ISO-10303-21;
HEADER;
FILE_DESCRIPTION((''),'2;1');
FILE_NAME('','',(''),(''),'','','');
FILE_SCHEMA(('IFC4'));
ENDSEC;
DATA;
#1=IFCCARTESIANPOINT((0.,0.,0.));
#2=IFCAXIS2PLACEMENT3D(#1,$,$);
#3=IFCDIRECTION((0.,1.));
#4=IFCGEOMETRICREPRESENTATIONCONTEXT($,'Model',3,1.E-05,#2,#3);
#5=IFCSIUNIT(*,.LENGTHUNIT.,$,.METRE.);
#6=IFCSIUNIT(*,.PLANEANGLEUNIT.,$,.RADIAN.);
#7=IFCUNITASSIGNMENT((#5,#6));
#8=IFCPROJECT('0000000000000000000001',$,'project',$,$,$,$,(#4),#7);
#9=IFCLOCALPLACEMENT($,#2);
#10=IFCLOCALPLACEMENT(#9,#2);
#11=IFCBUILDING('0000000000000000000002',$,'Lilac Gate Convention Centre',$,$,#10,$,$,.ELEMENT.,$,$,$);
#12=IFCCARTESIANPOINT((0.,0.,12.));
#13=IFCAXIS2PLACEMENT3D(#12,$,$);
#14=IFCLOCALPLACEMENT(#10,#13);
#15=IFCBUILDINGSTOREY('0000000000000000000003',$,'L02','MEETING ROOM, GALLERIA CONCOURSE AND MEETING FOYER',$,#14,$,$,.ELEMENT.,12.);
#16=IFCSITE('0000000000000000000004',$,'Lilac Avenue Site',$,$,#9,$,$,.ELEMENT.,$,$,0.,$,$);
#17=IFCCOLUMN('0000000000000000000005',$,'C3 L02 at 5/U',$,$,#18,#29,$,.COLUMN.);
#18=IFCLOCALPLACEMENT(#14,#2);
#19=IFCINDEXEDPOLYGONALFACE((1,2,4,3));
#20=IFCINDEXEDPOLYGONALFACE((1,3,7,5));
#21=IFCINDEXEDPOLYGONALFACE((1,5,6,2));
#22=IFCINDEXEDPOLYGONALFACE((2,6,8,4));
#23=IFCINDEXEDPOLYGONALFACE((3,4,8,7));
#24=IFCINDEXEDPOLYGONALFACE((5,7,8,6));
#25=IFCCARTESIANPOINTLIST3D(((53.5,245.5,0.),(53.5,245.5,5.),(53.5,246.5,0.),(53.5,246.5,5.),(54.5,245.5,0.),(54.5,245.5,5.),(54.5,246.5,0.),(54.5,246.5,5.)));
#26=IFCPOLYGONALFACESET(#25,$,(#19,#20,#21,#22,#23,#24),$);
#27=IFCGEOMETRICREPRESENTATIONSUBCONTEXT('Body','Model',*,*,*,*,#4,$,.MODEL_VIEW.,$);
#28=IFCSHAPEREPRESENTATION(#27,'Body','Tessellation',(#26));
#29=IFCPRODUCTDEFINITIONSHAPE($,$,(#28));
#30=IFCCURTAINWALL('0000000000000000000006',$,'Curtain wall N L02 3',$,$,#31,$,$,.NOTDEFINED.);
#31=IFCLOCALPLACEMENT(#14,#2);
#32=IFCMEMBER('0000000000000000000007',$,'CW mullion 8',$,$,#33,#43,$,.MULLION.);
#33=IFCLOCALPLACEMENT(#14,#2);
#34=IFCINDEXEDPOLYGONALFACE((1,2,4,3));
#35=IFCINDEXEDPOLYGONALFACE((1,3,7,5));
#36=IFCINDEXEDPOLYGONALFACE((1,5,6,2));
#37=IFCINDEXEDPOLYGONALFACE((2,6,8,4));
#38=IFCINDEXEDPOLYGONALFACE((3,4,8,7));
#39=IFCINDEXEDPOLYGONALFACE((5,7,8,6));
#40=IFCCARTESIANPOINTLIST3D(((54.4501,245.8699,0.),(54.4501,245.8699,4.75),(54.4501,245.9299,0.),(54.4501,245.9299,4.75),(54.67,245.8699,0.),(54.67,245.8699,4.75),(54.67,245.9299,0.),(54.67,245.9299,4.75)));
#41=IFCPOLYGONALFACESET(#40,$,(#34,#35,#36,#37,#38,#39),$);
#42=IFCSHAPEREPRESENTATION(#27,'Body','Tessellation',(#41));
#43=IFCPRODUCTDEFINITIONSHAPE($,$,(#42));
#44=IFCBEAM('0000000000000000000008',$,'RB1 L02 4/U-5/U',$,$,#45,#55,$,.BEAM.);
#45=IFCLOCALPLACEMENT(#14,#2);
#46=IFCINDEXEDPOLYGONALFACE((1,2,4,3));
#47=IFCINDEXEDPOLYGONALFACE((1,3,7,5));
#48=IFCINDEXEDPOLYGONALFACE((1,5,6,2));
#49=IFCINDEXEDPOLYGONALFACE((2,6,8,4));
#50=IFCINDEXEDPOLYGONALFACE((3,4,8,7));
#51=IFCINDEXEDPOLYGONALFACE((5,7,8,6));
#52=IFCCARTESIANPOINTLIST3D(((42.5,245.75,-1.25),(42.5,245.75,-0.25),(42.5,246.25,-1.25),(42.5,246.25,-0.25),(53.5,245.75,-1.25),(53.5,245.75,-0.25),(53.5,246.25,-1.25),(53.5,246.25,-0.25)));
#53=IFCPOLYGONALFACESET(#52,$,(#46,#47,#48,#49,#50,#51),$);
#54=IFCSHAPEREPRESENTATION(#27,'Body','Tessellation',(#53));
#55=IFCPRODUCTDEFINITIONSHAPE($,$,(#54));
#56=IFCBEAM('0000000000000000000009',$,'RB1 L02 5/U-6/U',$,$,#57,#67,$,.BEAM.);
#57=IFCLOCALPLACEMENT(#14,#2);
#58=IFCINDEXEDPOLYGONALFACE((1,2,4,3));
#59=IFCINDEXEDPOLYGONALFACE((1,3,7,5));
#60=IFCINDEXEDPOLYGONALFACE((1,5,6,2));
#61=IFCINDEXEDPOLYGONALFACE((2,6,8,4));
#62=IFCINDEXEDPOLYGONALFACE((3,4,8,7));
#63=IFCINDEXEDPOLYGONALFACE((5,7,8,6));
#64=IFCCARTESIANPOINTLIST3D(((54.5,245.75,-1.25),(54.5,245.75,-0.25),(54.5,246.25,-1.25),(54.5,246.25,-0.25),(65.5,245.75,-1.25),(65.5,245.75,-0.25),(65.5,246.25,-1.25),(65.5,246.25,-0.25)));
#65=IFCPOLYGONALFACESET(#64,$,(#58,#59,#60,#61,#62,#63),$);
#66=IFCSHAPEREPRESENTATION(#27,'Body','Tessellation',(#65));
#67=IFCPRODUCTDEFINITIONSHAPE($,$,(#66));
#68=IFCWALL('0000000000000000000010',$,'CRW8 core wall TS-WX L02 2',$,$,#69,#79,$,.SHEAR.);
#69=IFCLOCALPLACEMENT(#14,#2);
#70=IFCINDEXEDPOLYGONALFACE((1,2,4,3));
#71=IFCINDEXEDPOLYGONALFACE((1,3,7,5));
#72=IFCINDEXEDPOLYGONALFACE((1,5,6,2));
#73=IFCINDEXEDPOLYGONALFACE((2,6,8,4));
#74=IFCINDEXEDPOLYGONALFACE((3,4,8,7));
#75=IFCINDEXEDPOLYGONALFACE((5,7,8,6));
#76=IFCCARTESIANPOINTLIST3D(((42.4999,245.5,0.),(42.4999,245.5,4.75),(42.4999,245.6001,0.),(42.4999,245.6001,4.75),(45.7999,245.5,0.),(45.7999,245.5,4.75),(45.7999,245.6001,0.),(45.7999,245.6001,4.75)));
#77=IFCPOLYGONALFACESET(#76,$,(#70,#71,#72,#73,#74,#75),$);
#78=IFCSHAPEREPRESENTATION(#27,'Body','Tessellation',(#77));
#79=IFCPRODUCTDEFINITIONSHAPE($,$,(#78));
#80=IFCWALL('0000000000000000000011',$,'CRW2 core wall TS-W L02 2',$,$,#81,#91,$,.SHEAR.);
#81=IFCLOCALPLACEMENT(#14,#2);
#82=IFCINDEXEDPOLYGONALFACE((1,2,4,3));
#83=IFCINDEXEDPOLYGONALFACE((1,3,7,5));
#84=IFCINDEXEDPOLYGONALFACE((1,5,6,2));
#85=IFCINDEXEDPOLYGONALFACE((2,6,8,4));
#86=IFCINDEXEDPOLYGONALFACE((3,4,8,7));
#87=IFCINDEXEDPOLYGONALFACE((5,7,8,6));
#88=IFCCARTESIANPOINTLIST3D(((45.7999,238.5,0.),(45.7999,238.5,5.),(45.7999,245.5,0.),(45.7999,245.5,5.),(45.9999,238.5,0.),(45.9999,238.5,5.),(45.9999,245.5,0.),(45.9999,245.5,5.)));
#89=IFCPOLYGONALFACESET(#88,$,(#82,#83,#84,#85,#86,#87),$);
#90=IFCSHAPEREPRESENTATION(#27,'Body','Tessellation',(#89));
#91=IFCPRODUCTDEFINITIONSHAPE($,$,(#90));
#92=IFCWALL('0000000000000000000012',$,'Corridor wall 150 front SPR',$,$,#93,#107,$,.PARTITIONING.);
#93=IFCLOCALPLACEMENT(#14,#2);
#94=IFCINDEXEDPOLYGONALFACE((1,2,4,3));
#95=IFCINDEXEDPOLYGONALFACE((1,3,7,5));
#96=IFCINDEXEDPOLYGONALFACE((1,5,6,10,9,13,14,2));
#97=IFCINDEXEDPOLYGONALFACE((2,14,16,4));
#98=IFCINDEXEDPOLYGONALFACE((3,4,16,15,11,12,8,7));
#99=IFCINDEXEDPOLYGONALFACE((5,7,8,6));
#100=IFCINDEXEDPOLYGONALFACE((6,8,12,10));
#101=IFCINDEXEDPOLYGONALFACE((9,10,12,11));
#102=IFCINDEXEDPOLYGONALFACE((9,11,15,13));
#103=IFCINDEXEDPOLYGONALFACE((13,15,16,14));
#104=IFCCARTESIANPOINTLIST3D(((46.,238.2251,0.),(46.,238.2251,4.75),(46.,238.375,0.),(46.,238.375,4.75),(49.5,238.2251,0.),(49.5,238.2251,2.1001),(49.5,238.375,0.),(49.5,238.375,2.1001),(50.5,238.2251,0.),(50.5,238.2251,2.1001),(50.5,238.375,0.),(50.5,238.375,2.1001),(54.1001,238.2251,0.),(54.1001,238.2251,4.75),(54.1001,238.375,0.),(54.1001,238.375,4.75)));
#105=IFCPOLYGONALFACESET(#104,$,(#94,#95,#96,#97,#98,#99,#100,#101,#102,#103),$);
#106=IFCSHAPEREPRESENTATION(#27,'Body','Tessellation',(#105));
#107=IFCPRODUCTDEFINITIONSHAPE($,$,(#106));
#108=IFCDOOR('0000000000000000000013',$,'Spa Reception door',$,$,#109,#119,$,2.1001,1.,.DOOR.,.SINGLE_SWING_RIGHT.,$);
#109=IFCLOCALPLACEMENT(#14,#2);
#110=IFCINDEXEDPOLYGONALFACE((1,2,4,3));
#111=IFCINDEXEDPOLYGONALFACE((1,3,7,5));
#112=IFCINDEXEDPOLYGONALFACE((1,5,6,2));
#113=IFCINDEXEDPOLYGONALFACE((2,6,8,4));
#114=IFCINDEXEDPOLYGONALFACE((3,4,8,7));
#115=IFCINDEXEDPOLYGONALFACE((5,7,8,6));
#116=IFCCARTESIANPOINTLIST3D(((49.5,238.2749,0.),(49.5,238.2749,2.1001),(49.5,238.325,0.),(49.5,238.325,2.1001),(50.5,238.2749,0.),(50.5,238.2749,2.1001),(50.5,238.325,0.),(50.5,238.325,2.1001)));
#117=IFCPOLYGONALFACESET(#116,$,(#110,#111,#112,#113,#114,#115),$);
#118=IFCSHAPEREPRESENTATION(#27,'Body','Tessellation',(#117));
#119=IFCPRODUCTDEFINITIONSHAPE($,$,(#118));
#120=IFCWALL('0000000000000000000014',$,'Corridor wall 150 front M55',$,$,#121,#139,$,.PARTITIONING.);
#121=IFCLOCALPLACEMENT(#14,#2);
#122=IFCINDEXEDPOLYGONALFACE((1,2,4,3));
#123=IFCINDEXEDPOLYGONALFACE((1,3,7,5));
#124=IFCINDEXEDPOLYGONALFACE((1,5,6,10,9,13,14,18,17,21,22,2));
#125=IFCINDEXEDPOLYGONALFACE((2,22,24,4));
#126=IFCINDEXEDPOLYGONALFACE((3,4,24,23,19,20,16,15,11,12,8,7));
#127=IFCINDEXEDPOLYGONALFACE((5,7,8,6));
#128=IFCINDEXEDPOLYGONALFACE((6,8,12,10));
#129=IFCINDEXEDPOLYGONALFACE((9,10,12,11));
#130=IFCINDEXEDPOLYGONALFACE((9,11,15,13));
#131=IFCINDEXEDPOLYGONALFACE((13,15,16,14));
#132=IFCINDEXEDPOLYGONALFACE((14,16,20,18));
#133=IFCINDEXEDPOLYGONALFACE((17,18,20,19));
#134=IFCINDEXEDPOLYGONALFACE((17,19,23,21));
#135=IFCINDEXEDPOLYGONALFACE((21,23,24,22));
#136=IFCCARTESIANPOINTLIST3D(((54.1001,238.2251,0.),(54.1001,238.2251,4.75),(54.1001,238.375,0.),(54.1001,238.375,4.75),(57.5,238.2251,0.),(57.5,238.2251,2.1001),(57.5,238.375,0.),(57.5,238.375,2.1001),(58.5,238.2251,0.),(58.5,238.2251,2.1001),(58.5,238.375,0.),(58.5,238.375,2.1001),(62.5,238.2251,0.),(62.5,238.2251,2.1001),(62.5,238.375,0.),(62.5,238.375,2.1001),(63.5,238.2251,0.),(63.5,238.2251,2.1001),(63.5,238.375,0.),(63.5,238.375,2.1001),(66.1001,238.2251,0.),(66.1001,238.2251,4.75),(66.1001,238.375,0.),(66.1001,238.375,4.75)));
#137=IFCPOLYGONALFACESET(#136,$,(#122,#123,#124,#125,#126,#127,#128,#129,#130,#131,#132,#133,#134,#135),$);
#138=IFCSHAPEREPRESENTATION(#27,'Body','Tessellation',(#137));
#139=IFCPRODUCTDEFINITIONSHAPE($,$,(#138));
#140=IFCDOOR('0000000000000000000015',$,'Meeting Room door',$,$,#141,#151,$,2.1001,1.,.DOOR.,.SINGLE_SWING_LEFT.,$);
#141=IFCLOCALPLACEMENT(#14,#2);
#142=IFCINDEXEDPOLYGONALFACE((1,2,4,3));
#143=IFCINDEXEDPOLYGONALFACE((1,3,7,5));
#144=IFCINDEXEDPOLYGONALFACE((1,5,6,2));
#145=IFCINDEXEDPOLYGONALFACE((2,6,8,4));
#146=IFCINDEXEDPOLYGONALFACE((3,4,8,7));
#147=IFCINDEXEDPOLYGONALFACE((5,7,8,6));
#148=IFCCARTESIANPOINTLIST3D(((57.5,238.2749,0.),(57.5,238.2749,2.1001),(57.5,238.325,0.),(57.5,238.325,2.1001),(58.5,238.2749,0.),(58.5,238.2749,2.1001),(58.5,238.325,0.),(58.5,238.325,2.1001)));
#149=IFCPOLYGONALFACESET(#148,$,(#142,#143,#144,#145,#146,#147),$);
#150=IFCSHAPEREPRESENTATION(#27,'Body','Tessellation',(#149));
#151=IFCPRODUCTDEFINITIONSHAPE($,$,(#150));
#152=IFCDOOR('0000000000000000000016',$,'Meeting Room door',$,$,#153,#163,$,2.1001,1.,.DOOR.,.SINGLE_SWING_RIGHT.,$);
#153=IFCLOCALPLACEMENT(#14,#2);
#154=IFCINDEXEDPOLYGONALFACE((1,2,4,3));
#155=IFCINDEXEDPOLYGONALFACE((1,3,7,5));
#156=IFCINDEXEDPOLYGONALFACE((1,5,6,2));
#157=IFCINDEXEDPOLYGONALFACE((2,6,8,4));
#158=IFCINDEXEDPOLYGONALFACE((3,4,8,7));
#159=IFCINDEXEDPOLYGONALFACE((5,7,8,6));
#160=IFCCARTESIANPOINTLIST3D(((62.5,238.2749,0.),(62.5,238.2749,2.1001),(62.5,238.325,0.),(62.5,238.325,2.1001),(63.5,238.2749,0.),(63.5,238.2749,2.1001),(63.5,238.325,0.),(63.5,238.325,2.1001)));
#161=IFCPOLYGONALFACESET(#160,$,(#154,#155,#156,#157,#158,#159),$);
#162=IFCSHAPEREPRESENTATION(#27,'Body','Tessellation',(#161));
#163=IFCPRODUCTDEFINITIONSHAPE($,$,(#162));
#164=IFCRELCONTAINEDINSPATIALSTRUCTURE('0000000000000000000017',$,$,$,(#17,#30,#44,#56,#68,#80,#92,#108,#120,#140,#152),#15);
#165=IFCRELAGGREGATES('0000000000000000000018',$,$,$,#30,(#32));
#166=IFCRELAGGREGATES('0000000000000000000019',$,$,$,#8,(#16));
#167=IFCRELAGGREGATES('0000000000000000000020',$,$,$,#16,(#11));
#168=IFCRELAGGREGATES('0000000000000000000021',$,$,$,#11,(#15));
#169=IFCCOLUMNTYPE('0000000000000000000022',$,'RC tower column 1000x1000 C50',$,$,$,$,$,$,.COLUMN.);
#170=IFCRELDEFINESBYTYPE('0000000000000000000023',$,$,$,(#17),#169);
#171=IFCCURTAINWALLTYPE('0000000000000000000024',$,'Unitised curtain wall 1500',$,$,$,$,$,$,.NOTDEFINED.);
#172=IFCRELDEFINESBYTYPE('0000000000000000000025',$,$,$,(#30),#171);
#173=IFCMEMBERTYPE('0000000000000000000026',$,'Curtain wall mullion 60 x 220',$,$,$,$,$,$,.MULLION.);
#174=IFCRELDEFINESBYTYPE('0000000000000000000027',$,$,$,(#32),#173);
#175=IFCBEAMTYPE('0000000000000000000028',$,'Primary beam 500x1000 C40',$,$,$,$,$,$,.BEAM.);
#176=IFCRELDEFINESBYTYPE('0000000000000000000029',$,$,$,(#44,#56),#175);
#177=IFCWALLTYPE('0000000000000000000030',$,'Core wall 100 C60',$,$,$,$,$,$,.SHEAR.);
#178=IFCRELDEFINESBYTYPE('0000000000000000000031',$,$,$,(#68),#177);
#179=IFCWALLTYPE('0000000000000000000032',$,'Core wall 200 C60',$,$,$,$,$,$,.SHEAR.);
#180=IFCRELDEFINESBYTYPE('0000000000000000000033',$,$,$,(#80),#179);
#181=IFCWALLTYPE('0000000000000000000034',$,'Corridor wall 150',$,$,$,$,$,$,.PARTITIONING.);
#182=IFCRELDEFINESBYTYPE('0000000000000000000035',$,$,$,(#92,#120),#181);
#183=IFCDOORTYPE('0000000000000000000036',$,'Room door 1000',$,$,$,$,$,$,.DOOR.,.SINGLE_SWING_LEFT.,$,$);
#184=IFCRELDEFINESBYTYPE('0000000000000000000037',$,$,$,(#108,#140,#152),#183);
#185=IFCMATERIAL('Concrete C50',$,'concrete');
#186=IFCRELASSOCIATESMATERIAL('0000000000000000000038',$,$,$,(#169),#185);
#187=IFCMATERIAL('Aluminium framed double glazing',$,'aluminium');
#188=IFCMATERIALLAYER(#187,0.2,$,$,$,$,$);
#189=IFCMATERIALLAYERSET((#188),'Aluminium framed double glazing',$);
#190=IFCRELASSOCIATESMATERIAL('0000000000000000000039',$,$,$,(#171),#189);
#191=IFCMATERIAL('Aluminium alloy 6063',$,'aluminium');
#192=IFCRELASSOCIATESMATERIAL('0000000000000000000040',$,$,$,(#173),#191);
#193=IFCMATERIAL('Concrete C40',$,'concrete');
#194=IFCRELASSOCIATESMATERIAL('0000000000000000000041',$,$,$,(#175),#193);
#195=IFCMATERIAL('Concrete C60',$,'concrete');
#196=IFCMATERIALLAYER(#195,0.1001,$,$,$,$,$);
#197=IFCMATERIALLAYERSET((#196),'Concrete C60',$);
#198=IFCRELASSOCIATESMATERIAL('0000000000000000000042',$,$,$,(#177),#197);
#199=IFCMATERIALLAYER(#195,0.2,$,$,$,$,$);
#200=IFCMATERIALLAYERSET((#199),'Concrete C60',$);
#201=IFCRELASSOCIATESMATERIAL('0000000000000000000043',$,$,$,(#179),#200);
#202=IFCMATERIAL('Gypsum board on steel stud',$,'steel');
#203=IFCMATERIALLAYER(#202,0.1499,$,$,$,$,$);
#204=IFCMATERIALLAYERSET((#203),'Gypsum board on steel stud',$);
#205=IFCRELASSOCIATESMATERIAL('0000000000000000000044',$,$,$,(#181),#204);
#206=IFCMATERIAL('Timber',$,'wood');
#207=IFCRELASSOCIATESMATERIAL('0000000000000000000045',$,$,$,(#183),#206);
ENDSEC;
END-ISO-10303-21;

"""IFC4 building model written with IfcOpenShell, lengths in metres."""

from ifc_helpers import new_model, si_unit, direction, frame, frame_2d, origin, origin_2d, place, context, subcontext, project, spatial, rectangle, extrude, material, layer, layer_set, material_profile, profile_set, type_object, element, fill, aggregate, save


model = new_model("IFC4")

# Units and contexts
model_context = context("Model", 3, precision=1e-05, world=origin(), true_north=direction((0.0, 1.0)))
body_context = subcontext(model_context, "Body", "Model", "MODEL_VIEW")
ifc_project = project(units=[si_unit("LENGTHUNIT", "METRE"), si_unit("PLANEANGLEUNIT", "RADIAN")], contexts=[model_context])

# Site, building, storey
site_placement = place(None, origin())
site = spatial("IfcSite", under=ifc_project, at=site_placement, Name="Lilac Avenue Site", CompositionType="ELEMENT", RefElevation=0.0)
building_placement = place(site_placement, origin())
building = spatial("IfcBuilding", under=site, at=building_placement, Name="Lilac Gate Convention Centre", CompositionType="ELEMENT")
storey_placement = place(building_placement, frame((0.0, 0.0, 12.0)))
storey = spatial("IfcBuildingStorey", under=building, at=storey_placement, Name="L02", Description="MEETING ROOM, GALLERIA CONCOURSE AND MEETING FOYER", CompositionType="ELEMENT", Elevation=12.0)

# Column
ifc_material_1 = material(Name="Concrete C50", Category="concrete")
ifc_material_profile_1 = material_profile(ifc_material_1, rectangle(XDim=1.0, YDim=1.0, at=origin_2d()), Name="RC 1000x1000")
ifc_profile_set_1 = profile_set([ifc_material_profile_1], Name="Concrete C50")
column_type = type_object("IfcColumnType", Name="RC tower column 1000x1000 C50", PredefinedType="COLUMN", material=ifc_profile_set_1)
column_placement = place(storey_placement, frame((54.0, 246.0, 0.0), z_axis=(0.0, 0.0, 1.0), x_axis=(1.0, 0.0, 0.0)))
element("IfcColumn", 1, at=column_placement, inside=storey, type_object=column_type, Name="C3 L02 at 5/U", PredefinedType="COLUMN", context=body_context, shape_type="SweptSolid", body=[
    extrude(rectangle(XDim=1.0, YDim=1.0, at=origin_2d()), origin(), (0.0, 0.0, 1.0), 5.0),
])

# Curtain wall, member
ifc_material_2 = material(Name="Aluminium framed double glazing", Category="aluminium")
ifc_layer_1 = layer(ifc_material_2, 0.2)
ifc_layer_set_1 = layer_set([ifc_layer_1], Name="Aluminium framed double glazing")
curtain_wall_type = type_object("IfcCurtainWallType", Name="Unitised curtain wall 1500", PredefinedType="NOTDEFINED", material=ifc_layer_set_1)
curtain_wall_placement = place(storey_placement, origin())
curtain_wall = element("IfcCurtainWall", 2, at=curtain_wall_placement, inside=storey, type_object=curtain_wall_type, Name="Curtain wall N L02 3", PredefinedType="NOTDEFINED")
ifc_material_3 = material(Name="Aluminium alloy 6063", Category="aluminium")
ifc_material_profile_2 = material_profile(ifc_material_3, rectangle(XDim=0.0601, YDim=0.22, at=origin_2d()), Name="Curtain wall mullion 60 x 220")
ifc_profile_set_2 = profile_set([ifc_material_profile_2], Name="Aluminium alloy 6063")
member_type = type_object("IfcMemberType", Name="Curtain wall mullion 60 x 220", PredefinedType="MULLION", material=ifc_profile_set_2)
member_placement = place(storey_placement, frame((54.5601, 245.8999, 0.0), z_axis=(0.0, 0.0, 1.0), x_axis=(0.0, -1.0, 0.0)))
member = element("IfcMember", 3, at=member_placement, type_object=member_type, Name="CW mullion 8", PredefinedType="MULLION", context=body_context, shape_type="SweptSolid", body=[
    extrude(rectangle(XDim=0.0601, YDim=0.22, at=origin_2d()), origin(), (0.0, 0.0, 1.0), 4.75),
])
aggregate(curtain_wall, [member])

# Beams
ifc_material_4 = material(Name="Concrete C40", Category="concrete")
ifc_material_profile_3 = material_profile(ifc_material_4, rectangle(XDim=0.5, YDim=1.0, at=origin_2d()), Name="RC 500x1000")
ifc_profile_set_3 = profile_set([ifc_material_profile_3], Name="Concrete C40")
beam_type = type_object("IfcBeamType", Name="Primary beam 500x1000 C40", PredefinedType="BEAM", material=ifc_profile_set_3)
for number, where, z_axis, x_axis, name in (
    (4, (42.5, 246.0, -0.75), (1.0, 0.0, 0.0), (0.0, 1.0, 0.0), "RB1 L02 4/U-5/U"),
    (5, (54.5, 246.0, -0.75), (1.0, 0.0, 0.0), (0.0, 1.0, 0.0), "RB1 L02 5/U-6/U"),
):
    element("IfcBeam", number, at=place(storey_placement, frame(where, z_axis=z_axis, x_axis=x_axis)), inside=storey, type_object=beam_type, Name=name, PredefinedType="BEAM", context=body_context, shape_type="SweptSolid", body=[
        extrude(rectangle(XDim=0.5, YDim=1.0, at=origin_2d()), origin(), (0.0, 0.0, 1.0), 11.0),
    ])

# Walls
ifc_material_5 = material(Name="Concrete C60", Category="concrete")
ifc_layer_2 = layer(ifc_material_5, 0.1001)
ifc_layer_set_2 = layer_set([ifc_layer_2], Name="Concrete C60")
wall_type_1 = type_object("IfcWallType", Name="Core wall 100 C60", PredefinedType="SHEAR", material=ifc_layer_set_2)
wall_1_placement = place(storey_placement, frame((42.5, 245.55, 0.0), z_axis=(0.0, 0.0, 1.0), x_axis=(1.0, 0.0, 0.0)))
element("IfcWall", 6, at=wall_1_placement, inside=storey, type_object=wall_type_1, Name="CRW8 core wall TS-WX L02 2", PredefinedType="SHEAR", context=body_context, shape_type="SweptSolid", body=[
    extrude(rectangle(XDim=3.3, YDim=0.1001, at=frame_2d((1.6499, 0.0))), origin(), (0.0, 0.0, 1.0), 4.75),
])
ifc_layer_3 = layer(ifc_material_5, 0.2)
ifc_layer_set_3 = layer_set([ifc_layer_3], Name="Concrete C60")
wall_type_2 = type_object("IfcWallType", Name="Core wall 200 C60", PredefinedType="SHEAR", material=ifc_layer_set_3)
wall_2_placement = place(storey_placement, frame((45.8999, 238.5, 0.0), z_axis=(0.0, 0.0, 1.0), x_axis=(0.0, 1.0, 0.0)))
element("IfcWall", 7, at=wall_2_placement, inside=storey, type_object=wall_type_2, Name="CRW2 core wall TS-W L02 2", PredefinedType="SHEAR", context=body_context, shape_type="SweptSolid", body=[
    extrude(rectangle(XDim=7.0, YDim=0.2, at=frame_2d((3.5, 0.0))), origin(), (0.0, 0.0, 1.0), 5.0),
])

# Wall, opening, door
ifc_material_6 = material(Name="Gypsum board on steel stud", Category="steel")
ifc_layer_4 = layer(ifc_material_6, 0.1499)
ifc_layer_set_4 = layer_set([ifc_layer_4], Name="Gypsum board on steel stud")
wall_type_3 = type_object("IfcWallType", Name="Corridor wall 150", PredefinedType="PARTITIONING", material=ifc_layer_set_4)
wall_3_placement = place(storey_placement, frame((46.0, 238.3, 0.0), z_axis=(0.0, 0.0, 1.0), x_axis=(1.0, 0.0, 0.0)))
wall_3 = element("IfcWall", 8, at=wall_3_placement, inside=storey, type_object=wall_type_3, Name="Corridor wall 150 front SPR", PredefinedType="PARTITIONING", context=body_context, shape_type="SweptSolid", body=[
    extrude(rectangle(XDim=8.1001, YDim=0.1499, at=frame_2d((4.05, 0.0))), origin(), (0.0, 0.0, 1.0), 4.75),
])
opening_1_placement = place(wall_3_placement, frame((3.5, 0.0, 0.0)))
opening_1 = element("IfcOpeningElement", 9, at=opening_1_placement, cuts=wall_3, PredefinedType="OPENING", context=body_context, shape_type="SweptSolid", body=[
    extrude(rectangle(XDim=1.0, YDim=2.1001, at=frame_2d((0.5, 1.05))), frame((0.0, 0.085, 0.0), z_axis=(0.0, -1.0, 0.0), x_axis=(1.0, 0.0, 0.0)), (0.0, 0.0, 1.0), 0.1699),
])
ifc_material_7 = material(Name="Timber", Category="wood")
door_type = type_object("IfcDoorType", Name="Room door 1000", OperationType="SINGLE_SWING_LEFT", PredefinedType="DOOR", material=ifc_material_7)
door_1_placement = place(opening_1_placement, origin())
door_1 = element("IfcDoor", 10, at=door_1_placement, inside=storey, type_object=door_type, Name="Spa Reception door", OperationType="SINGLE_SWING_RIGHT", OverallHeight=2.1001, OverallWidth=1.0, PredefinedType="DOOR", context=body_context, shape_type="SweptSolid", body=[
    extrude(rectangle(XDim=1.0, YDim=2.1001, at=frame_2d((0.5, 1.05))), frame((0.0, 0.0249, 0.0), z_axis=(0.0, -1.0, 0.0), x_axis=(1.0, 0.0, 0.0)), (0.0, 0.0, 1.0), 0.05),
])
fill(opening_1, door_1)

# Wall, openings, doors
wall_4_placement = place(storey_placement, frame((54.1001, 238.3, 0.0), z_axis=(0.0, 0.0, 1.0), x_axis=(1.0, 0.0, 0.0)))
wall_4 = element("IfcWall", 11, at=wall_4_placement, inside=storey, type_object=wall_type_3, Name="Corridor wall 150 front M55", PredefinedType="PARTITIONING", context=body_context, shape_type="SweptSolid", body=[
    extrude(rectangle(XDim=12.0, YDim=0.1499, at=frame_2d((6.0, 0.0))), origin(), (0.0, 0.0, 1.0), 4.75),
])
opening_2_placement = place(wall_4_placement, frame((3.3999, 0.0, 0.0)))
opening_2 = element("IfcOpeningElement", 12, at=opening_2_placement, cuts=wall_4, PredefinedType="OPENING", context=body_context, shape_type="SweptSolid", body=[
    extrude(rectangle(XDim=1.0, YDim=2.1001, at=frame_2d((0.5, 1.05))), frame((0.0, 0.085, 0.0), z_axis=(0.0, -1.0, 0.0), x_axis=(1.0, 0.0, 0.0)), (0.0, 0.0, 1.0), 0.1699),
])
opening_3_placement = place(wall_4_placement, frame((8.3999, 0.0, 0.0)))
opening_3 = element("IfcOpeningElement", 13, at=opening_3_placement, cuts=wall_4, PredefinedType="OPENING", context=body_context, shape_type="SweptSolid", body=[
    extrude(rectangle(XDim=1.0, YDim=2.1001, at=frame_2d((0.5, 1.05))), frame((0.0, 0.085, 0.0), z_axis=(0.0, -1.0, 0.0), x_axis=(1.0, 0.0, 0.0)), (0.0, 0.0, 1.0), 0.1699),
])
door_2_placement = place(opening_2_placement, origin())
door_2 = element("IfcDoor", 14, at=door_2_placement, inside=storey, type_object=door_type, Name="Meeting Room door", OperationType="SINGLE_SWING_LEFT", OverallHeight=2.1001, OverallWidth=1.0, PredefinedType="DOOR", context=body_context, shape_type="SweptSolid", body=[
    extrude(rectangle(XDim=1.0, YDim=2.1001, at=frame_2d((0.5, 1.05))), frame((0.0, 0.0249, 0.0), z_axis=(0.0, -1.0, 0.0), x_axis=(1.0, 0.0, 0.0)), (0.0, 0.0, 1.0), 0.05),
])
fill(opening_2, door_2)
door_3_placement = place(opening_3_placement, origin())
door_3 = element("IfcDoor", 15, at=door_3_placement, inside=storey, type_object=door_type, Name="Meeting Room door", OperationType="SINGLE_SWING_RIGHT", OverallHeight=2.1001, OverallWidth=1.0, PredefinedType="DOOR", context=body_context, shape_type="SweptSolid", body=[
    extrude(rectangle(XDim=1.0, YDim=2.1001, at=frame_2d((0.5, 1.05))), frame((0.0, 0.0249, 0.0), z_axis=(0.0, -1.0, 0.0), x_axis=(1.0, 0.0, 0.0)), (0.0, 0.0, 1.0), 0.05),
])
fill(opening_3, door_3)

save(model, "model.ifc")
